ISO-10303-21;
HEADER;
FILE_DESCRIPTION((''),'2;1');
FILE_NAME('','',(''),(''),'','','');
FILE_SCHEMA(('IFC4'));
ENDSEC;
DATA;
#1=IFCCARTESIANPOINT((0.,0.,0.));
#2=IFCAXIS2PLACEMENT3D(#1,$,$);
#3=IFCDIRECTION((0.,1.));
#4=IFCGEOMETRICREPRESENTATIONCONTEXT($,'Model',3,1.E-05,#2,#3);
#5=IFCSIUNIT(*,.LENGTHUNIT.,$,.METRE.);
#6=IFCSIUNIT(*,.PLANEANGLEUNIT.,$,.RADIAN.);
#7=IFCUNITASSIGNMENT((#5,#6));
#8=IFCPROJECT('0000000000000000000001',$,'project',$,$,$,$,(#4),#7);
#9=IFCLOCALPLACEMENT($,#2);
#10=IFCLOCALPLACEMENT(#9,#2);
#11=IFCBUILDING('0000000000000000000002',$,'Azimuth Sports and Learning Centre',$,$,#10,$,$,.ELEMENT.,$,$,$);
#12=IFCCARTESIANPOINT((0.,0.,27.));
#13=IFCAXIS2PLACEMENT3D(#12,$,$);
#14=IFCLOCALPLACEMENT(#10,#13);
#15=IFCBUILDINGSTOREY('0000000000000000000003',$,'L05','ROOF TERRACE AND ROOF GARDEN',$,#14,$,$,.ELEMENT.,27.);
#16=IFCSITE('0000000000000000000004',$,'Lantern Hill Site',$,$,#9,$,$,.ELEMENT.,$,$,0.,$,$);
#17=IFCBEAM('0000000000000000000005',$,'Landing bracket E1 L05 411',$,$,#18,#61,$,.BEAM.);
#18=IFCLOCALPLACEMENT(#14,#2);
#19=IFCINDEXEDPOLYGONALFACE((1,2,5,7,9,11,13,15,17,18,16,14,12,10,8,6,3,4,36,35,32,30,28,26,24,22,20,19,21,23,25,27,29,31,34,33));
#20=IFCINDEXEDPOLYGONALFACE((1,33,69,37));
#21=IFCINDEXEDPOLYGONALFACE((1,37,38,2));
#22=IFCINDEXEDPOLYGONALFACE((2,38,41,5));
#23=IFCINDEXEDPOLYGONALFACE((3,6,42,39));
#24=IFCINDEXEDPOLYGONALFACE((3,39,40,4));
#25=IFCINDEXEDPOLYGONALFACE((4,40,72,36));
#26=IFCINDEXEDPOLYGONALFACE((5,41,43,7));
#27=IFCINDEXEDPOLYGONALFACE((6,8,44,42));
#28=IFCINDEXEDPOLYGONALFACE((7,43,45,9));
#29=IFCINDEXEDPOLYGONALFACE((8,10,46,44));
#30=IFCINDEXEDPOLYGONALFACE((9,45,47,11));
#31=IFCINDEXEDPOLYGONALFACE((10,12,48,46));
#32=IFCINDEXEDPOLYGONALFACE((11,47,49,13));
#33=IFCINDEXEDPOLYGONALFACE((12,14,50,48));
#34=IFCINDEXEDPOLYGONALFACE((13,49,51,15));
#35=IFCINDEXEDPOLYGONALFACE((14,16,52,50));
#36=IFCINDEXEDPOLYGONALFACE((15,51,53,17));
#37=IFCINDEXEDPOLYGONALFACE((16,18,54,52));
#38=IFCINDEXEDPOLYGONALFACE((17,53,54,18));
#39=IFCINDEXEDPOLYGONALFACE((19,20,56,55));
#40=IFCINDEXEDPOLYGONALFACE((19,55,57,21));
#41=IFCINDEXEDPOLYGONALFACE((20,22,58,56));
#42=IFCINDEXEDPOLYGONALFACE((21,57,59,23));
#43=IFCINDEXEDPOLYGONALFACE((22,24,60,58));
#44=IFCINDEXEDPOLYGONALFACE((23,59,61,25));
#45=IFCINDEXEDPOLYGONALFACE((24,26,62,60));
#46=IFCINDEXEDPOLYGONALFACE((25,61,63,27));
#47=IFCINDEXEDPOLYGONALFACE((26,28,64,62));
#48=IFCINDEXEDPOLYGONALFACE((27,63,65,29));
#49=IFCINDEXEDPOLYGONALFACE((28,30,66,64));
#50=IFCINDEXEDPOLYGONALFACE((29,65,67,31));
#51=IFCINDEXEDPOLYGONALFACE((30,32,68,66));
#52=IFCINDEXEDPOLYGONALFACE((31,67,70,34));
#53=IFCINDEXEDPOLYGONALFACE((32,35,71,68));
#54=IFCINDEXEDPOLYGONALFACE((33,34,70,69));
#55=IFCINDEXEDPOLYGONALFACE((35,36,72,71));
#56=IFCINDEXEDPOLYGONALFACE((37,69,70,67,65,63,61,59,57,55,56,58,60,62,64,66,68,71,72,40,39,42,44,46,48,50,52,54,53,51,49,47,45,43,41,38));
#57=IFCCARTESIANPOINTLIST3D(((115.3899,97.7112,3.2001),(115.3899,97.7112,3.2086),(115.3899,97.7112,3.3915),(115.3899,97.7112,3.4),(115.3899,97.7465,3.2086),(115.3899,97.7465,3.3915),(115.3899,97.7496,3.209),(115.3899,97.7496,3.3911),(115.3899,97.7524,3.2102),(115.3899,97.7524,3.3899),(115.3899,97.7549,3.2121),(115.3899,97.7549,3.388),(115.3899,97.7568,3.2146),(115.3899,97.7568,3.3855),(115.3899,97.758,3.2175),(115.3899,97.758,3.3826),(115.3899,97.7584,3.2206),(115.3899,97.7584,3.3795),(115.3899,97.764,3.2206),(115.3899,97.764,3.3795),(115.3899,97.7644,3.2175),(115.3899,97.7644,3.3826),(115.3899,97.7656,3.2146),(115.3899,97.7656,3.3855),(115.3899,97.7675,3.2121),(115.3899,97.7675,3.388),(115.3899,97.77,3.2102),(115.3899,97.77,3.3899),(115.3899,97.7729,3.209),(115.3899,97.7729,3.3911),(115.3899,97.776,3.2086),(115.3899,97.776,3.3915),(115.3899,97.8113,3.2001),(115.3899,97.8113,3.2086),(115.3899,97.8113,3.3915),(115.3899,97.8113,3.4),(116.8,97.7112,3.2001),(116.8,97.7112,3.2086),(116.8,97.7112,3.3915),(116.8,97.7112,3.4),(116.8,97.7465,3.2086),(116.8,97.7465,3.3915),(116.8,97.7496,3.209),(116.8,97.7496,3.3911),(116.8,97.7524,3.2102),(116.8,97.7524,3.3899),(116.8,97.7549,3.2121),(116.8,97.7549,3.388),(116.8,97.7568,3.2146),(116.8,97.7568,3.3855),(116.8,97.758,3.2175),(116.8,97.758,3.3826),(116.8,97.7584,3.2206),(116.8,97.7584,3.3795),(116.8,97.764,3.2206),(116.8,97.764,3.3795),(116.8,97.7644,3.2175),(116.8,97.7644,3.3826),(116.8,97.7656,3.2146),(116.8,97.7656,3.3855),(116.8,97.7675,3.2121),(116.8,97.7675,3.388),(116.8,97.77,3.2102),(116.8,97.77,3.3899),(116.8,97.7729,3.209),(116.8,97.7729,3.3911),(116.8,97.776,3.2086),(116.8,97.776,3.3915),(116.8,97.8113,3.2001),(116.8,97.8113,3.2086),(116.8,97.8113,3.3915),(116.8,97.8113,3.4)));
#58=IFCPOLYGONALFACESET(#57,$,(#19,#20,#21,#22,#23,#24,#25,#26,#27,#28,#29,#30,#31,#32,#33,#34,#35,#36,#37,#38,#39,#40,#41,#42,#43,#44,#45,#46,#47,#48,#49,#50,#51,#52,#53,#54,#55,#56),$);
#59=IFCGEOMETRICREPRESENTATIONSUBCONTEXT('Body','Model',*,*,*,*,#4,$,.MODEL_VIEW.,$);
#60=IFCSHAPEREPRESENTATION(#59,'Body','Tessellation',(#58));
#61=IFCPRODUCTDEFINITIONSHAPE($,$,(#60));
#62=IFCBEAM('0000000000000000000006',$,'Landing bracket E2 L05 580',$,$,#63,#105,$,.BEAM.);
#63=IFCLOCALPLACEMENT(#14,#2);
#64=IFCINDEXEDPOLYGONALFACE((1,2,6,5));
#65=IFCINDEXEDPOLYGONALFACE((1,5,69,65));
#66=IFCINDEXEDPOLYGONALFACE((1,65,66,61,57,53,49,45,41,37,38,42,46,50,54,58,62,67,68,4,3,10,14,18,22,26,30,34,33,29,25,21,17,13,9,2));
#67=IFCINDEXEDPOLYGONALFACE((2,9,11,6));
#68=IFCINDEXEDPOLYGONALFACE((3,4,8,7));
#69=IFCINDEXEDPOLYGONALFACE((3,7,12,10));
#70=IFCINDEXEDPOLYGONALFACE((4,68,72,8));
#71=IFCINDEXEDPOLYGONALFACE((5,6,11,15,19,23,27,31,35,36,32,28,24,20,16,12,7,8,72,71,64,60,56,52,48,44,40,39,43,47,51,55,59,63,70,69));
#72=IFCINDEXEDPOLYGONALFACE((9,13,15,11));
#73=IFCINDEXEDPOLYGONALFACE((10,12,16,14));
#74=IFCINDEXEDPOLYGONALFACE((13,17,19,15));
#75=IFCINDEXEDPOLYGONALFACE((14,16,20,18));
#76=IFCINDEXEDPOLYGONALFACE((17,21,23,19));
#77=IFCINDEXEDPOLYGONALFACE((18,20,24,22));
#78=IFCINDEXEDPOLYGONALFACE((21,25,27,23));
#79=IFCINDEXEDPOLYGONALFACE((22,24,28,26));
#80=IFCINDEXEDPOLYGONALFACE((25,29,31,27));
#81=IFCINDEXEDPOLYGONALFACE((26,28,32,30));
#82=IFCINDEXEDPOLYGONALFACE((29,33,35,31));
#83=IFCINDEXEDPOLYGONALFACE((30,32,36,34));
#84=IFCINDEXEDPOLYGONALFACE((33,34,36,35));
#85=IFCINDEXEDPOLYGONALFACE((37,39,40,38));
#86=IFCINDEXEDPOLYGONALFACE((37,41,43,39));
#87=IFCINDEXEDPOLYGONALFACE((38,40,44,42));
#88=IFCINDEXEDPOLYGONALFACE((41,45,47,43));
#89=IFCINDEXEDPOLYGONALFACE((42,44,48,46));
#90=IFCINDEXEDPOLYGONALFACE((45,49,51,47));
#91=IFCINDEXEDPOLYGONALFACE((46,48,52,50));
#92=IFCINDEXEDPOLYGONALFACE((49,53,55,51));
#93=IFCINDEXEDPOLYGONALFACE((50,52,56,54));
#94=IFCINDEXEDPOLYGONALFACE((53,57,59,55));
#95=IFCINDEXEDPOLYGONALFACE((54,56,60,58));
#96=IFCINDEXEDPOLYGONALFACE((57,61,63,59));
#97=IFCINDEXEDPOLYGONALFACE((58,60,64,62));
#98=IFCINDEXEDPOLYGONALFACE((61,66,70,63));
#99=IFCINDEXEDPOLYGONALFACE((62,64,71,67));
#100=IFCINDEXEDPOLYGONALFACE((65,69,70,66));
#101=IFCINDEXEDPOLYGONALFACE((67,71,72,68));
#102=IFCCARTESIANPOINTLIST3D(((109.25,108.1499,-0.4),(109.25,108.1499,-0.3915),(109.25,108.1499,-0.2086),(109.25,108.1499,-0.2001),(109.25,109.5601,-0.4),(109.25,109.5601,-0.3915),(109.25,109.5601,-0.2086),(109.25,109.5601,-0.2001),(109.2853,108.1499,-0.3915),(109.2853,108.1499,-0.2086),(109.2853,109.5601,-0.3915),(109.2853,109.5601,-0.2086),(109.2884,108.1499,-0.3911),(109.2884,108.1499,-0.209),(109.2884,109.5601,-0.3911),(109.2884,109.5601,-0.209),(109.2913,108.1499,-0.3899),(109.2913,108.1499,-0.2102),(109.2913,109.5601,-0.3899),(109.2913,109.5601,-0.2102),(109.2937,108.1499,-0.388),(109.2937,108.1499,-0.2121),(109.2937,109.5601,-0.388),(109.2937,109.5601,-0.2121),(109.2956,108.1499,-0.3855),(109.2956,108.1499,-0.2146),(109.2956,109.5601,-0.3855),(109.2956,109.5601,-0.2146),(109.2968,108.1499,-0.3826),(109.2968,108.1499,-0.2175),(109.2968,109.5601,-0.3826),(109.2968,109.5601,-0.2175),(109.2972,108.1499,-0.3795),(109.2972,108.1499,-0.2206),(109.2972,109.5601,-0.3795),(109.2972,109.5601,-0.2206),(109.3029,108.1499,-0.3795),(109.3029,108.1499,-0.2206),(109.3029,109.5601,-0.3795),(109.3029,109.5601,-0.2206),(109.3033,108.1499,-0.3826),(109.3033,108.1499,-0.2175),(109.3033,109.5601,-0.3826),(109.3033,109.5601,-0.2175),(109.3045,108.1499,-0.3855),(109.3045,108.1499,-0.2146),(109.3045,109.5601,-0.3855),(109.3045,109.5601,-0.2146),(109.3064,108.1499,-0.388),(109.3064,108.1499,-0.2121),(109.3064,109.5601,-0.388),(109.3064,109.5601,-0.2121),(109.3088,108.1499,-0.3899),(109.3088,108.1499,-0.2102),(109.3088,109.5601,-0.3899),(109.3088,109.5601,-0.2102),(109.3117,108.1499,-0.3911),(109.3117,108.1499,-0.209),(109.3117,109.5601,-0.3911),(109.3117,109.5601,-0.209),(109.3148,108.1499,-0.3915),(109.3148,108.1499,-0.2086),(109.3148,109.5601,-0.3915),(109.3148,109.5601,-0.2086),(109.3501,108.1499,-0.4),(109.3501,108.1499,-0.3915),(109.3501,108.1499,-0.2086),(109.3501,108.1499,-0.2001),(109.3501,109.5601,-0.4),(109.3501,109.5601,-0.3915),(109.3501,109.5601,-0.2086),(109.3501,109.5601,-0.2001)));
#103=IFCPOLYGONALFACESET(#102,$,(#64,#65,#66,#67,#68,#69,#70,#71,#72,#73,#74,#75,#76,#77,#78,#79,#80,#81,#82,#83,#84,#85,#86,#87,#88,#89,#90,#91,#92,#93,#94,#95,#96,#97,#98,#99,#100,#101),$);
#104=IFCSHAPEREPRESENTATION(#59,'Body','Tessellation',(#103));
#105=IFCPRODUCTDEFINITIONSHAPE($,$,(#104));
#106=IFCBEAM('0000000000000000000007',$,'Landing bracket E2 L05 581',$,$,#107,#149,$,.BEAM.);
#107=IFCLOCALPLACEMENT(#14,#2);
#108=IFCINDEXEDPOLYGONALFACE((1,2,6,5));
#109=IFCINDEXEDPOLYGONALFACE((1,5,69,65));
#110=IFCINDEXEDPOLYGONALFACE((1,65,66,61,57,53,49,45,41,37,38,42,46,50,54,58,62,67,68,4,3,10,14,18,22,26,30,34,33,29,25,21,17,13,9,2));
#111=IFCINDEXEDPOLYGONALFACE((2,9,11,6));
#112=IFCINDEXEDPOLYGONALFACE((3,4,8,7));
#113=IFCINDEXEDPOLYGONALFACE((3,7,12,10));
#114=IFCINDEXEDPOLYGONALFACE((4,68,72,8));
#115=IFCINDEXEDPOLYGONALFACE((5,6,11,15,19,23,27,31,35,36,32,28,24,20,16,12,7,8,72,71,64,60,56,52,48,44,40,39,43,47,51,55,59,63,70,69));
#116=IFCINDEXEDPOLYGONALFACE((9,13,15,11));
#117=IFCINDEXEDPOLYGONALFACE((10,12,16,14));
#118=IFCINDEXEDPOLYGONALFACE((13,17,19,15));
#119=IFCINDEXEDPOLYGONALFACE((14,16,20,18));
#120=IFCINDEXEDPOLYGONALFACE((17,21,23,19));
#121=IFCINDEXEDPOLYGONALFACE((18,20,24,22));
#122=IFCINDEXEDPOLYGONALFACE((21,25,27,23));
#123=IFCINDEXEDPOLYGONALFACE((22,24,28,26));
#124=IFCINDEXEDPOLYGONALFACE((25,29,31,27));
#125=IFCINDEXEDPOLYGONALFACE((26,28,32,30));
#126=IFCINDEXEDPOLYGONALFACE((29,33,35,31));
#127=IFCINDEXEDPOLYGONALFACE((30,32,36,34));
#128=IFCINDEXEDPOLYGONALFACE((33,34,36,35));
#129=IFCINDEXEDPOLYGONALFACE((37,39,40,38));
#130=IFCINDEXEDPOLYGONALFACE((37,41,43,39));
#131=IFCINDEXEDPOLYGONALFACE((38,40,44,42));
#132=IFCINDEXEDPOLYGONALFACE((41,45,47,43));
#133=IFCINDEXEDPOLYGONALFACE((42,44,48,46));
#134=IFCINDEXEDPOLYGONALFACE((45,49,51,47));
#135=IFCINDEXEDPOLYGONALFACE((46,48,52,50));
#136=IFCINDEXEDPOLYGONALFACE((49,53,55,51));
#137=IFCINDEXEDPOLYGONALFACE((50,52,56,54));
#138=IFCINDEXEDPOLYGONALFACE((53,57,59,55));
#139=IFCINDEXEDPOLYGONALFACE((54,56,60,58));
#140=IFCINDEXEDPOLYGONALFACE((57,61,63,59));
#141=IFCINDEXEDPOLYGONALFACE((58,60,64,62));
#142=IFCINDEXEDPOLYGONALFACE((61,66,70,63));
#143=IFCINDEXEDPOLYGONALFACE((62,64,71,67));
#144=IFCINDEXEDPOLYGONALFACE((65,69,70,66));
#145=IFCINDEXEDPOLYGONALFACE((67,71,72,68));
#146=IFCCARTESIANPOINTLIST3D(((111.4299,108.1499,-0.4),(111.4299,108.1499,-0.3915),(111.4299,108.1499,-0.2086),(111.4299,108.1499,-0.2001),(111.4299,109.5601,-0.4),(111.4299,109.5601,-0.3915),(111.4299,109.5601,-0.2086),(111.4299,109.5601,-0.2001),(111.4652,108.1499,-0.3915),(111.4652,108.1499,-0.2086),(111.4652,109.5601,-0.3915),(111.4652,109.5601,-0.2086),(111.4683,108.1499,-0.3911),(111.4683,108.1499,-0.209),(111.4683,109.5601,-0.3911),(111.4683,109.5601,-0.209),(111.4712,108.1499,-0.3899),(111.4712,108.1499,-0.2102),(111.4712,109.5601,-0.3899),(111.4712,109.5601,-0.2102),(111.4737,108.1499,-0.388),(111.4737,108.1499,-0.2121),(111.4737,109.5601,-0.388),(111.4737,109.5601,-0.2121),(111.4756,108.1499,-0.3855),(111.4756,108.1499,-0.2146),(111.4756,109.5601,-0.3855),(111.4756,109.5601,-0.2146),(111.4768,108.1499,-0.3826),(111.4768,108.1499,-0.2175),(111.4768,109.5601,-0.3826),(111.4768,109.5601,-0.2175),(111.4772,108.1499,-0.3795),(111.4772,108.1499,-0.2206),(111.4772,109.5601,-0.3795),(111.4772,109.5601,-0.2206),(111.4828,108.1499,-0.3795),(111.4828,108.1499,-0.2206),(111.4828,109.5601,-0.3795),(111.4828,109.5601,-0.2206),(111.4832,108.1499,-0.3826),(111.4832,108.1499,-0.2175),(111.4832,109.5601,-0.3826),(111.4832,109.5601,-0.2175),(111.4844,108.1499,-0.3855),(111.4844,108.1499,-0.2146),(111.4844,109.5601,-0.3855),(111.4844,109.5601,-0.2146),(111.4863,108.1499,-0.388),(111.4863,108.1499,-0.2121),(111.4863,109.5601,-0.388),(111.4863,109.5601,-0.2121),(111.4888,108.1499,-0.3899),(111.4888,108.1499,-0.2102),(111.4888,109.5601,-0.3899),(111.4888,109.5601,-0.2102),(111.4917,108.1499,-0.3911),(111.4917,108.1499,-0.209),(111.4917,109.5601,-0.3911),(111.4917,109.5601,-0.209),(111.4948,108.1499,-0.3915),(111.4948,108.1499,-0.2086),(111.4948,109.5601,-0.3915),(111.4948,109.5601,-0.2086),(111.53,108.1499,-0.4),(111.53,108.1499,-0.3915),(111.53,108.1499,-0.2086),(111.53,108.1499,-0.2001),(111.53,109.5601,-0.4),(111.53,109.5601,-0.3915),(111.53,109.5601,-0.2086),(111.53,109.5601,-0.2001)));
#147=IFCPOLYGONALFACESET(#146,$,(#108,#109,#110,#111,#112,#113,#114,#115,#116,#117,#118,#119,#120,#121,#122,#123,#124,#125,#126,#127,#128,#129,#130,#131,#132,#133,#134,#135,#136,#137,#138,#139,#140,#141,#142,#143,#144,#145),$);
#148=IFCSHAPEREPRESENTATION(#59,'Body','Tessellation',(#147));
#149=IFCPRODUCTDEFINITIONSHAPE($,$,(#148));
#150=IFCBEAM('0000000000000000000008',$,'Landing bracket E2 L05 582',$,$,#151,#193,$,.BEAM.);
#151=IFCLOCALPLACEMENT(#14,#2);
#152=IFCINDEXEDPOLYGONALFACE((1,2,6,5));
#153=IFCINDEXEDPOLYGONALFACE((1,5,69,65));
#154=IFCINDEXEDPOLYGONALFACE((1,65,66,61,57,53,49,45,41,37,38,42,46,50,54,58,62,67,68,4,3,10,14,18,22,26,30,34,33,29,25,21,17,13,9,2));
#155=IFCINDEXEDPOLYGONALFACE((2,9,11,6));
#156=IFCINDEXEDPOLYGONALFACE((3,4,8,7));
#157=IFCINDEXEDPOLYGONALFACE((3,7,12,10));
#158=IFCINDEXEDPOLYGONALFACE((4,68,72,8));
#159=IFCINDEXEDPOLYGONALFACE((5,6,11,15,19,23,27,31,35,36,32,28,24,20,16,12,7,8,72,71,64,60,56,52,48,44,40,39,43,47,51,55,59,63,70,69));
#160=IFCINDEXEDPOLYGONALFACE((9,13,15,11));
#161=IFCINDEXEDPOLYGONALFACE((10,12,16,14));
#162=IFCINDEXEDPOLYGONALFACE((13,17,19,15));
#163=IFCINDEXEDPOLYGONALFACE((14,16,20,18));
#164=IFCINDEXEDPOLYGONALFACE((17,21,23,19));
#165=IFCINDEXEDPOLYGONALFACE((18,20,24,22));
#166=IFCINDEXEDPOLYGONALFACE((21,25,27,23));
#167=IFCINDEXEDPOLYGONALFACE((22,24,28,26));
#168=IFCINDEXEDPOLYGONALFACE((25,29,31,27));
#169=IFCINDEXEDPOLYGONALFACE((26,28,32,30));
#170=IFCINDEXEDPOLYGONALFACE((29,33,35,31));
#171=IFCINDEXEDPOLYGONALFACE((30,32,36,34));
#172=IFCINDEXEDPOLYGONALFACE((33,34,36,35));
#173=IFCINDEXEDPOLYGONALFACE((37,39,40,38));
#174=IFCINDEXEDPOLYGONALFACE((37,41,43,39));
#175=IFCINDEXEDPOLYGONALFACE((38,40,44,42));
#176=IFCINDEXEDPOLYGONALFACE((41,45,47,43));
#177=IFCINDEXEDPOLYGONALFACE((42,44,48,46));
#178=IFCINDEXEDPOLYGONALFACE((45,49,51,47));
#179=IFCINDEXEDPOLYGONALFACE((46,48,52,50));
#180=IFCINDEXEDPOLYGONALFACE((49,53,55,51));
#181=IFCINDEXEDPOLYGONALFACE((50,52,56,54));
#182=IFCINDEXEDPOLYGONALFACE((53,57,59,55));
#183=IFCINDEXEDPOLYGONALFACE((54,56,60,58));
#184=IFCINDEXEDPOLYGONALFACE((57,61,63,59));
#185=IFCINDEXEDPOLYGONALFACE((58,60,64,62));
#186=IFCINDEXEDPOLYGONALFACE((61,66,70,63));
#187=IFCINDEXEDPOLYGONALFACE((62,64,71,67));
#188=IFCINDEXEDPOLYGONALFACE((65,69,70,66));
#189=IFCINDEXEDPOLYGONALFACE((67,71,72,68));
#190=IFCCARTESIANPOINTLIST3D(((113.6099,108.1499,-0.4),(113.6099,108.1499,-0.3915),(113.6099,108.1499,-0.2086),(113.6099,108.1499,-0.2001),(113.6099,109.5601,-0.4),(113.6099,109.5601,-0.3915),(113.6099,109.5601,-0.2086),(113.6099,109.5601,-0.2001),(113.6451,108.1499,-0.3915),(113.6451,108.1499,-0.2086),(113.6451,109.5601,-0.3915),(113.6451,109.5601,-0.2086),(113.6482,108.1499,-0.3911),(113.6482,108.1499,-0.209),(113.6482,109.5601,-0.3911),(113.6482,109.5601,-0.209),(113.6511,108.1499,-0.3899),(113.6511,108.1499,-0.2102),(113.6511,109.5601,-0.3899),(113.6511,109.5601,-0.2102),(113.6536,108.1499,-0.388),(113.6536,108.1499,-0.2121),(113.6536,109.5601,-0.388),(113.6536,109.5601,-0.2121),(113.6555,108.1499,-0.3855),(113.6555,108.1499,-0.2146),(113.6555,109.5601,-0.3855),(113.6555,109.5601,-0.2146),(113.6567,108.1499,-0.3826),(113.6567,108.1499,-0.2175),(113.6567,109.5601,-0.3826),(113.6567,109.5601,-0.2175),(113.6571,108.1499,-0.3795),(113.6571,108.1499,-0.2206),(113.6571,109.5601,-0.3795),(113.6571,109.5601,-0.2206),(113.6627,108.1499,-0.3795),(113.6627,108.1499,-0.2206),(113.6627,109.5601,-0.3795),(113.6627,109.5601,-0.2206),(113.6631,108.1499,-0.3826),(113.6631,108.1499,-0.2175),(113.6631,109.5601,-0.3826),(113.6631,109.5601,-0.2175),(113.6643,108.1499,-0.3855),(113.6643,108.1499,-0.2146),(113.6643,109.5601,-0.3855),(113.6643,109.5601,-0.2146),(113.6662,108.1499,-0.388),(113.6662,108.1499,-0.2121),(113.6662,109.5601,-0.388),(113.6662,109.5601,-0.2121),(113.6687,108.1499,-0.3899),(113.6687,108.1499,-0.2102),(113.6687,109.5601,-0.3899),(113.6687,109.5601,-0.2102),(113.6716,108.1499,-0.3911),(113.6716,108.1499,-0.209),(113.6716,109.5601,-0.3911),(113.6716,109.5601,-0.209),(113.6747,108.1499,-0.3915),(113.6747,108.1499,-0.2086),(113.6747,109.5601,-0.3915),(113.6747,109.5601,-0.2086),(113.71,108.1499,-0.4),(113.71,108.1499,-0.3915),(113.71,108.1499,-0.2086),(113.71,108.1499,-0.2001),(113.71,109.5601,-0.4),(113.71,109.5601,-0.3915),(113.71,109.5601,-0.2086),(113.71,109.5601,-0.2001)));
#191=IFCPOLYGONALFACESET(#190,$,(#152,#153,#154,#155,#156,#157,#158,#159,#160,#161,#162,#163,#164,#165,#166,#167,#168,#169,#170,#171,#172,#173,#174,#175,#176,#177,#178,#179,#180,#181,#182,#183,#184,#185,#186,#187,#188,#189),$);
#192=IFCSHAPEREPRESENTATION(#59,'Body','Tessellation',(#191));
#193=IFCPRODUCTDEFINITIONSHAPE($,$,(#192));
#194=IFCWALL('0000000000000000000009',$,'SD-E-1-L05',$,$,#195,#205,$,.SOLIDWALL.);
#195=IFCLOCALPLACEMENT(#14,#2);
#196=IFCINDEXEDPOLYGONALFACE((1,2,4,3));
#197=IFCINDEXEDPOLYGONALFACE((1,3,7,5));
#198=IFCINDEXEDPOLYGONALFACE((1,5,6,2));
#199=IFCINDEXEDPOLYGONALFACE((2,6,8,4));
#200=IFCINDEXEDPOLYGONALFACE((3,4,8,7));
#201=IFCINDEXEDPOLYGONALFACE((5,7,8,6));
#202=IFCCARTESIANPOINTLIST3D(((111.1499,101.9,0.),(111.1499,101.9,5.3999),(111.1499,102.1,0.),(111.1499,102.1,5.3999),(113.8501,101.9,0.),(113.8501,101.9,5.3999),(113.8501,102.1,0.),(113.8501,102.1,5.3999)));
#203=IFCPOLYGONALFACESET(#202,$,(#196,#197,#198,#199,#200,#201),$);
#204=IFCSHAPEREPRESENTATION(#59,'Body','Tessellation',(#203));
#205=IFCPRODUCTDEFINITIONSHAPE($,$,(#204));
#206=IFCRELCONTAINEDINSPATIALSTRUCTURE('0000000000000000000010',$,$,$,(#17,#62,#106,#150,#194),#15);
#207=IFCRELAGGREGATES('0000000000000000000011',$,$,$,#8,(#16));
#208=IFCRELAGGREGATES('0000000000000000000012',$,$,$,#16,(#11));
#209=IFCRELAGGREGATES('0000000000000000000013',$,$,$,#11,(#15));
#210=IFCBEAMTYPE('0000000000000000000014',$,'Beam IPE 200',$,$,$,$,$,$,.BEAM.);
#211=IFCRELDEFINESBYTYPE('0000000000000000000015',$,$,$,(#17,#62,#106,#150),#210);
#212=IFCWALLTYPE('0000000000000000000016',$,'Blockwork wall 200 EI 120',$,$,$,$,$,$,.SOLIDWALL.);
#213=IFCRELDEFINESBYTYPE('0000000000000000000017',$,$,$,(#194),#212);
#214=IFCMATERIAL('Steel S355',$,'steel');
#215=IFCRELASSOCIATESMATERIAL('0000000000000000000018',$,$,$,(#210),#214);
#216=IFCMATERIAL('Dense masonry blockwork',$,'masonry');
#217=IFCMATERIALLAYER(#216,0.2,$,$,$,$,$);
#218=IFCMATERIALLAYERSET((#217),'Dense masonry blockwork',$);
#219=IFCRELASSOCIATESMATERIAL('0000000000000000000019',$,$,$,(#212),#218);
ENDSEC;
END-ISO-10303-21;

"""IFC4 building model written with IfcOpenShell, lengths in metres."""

from ifc_helpers import new_model, si_unit, direction, frame, frame_2d, origin, origin_2d, place, context, subcontext, project, spatial, rectangle, i_section, extrude, material, layer, layer_set, material_profile, profile_set, type_object, element, save


model = new_model("IFC4")

# Units and contexts
model_context = context("Model", 3, precision=1e-05, world=origin(), true_north=direction((0.0, 1.0)))
body_context = subcontext(model_context, "Body", "Model", "MODEL_VIEW")
ifc_project = project(units=[si_unit("LENGTHUNIT", "METRE"), si_unit("PLANEANGLEUNIT", "RADIAN")], contexts=[model_context])

# Site, building, storey
site_placement = place(None, origin())
site = spatial("IfcSite", under=ifc_project, at=site_placement, Name="Lantern Hill Site", CompositionType="ELEMENT", RefElevation=0.0)
building_placement = place(site_placement, origin())
building = spatial("IfcBuilding", under=site, at=building_placement, Name="Azimuth Sports and Learning Centre", CompositionType="ELEMENT")
storey_placement = place(building_placement, frame((0.0, 0.0, 27.0)))
storey = spatial("IfcBuildingStorey", under=building, at=storey_placement, Name="L05", Description="ROOF TERRACE AND ROOF GARDEN", CompositionType="ELEMENT", Elevation=27.0)

# Beams
ifc_material_1 = material(Name="Steel S355", Category="steel")
ifc_material_profile = material_profile(ifc_material_1, i_section(OverallWidth=0.1001, OverallDepth=0.2, WebThickness=0.0056, FlangeThickness=0.0085, FilletRadius=0.012, at=origin_2d()), Name="IPE 200")
ifc_profile_set = profile_set([ifc_material_profile], Name="Steel S355")
beam_type = type_object("IfcBeamType", Name="Beam IPE 200", PredefinedType="BEAM", material=ifc_profile_set)
for number, where, z_axis, x_axis, name in (
    (1, (116.8, 97.7612, 3.3), (-1.0, 0.0, 0.0), (0.0, -1.0, 0.0), "Landing bracket E1 L05 411"),
    (2, (109.3, 108.1499, -0.3), (0.0, 1.0, 0.0), (-1.0, 0.0, 0.0), "Landing bracket E2 L05 580"),
    (3, (111.48, 108.1499, -0.3), (0.0, 1.0, 0.0), (-1.0, 0.0, 0.0), "Landing bracket E2 L05 581"),
    (4, (113.6599, 108.1499, -0.3), (0.0, 1.0, 0.0), (-1.0, 0.0, 0.0), "Landing bracket E2 L05 582"),
):
    element("IfcBeam", number, at=place(storey_placement, frame(where, z_axis=z_axis, x_axis=x_axis)), inside=storey, type_object=beam_type, Name=name, PredefinedType="BEAM", context=body_context, shape_type="SweptSolid", body=[
        extrude(i_section(OverallWidth=0.1001, OverallDepth=0.2, WebThickness=0.0056, FlangeThickness=0.0085, FilletRadius=0.012, at=origin_2d()), origin(), (0.0, 0.0, 1.0), 1.4102),
    ])

# Wall
ifc_material_2 = material(Name="Dense masonry blockwork", Category="masonry")
ifc_layer_1 = layer(ifc_material_2, 0.2)
ifc_layer_set_1 = layer_set([ifc_layer_1], Name="Dense masonry blockwork")
wall_type_1 = type_object("IfcWallType", Name="Blockwork wall 200 EI 120", PredefinedType="SOLIDWALL", material=ifc_layer_set_1)
for number, where, z_axis, x_axis, name in (
    (5, (111.1499, 102.0, 0.0), (0.0, 0.0, 1.0), (1.0, 0.0, 0.0), "SD-E-1-L05"),
):
    element("IfcWall", number, at=place(storey_placement, frame(where, z_axis=z_axis, x_axis=x_axis)), inside=storey, type_object=wall_type_1, Name=name, PredefinedType="SOLIDWALL", context=body_context, shape_type="SweptSolid", body=[
        extrude(rectangle(XDim=2.7002, YDim=0.2, at=frame_2d((1.3501, 0.0))), origin(), (0.0, 0.0, 1.0), 5.3999),
    ])

save(model, "model.ifc")
